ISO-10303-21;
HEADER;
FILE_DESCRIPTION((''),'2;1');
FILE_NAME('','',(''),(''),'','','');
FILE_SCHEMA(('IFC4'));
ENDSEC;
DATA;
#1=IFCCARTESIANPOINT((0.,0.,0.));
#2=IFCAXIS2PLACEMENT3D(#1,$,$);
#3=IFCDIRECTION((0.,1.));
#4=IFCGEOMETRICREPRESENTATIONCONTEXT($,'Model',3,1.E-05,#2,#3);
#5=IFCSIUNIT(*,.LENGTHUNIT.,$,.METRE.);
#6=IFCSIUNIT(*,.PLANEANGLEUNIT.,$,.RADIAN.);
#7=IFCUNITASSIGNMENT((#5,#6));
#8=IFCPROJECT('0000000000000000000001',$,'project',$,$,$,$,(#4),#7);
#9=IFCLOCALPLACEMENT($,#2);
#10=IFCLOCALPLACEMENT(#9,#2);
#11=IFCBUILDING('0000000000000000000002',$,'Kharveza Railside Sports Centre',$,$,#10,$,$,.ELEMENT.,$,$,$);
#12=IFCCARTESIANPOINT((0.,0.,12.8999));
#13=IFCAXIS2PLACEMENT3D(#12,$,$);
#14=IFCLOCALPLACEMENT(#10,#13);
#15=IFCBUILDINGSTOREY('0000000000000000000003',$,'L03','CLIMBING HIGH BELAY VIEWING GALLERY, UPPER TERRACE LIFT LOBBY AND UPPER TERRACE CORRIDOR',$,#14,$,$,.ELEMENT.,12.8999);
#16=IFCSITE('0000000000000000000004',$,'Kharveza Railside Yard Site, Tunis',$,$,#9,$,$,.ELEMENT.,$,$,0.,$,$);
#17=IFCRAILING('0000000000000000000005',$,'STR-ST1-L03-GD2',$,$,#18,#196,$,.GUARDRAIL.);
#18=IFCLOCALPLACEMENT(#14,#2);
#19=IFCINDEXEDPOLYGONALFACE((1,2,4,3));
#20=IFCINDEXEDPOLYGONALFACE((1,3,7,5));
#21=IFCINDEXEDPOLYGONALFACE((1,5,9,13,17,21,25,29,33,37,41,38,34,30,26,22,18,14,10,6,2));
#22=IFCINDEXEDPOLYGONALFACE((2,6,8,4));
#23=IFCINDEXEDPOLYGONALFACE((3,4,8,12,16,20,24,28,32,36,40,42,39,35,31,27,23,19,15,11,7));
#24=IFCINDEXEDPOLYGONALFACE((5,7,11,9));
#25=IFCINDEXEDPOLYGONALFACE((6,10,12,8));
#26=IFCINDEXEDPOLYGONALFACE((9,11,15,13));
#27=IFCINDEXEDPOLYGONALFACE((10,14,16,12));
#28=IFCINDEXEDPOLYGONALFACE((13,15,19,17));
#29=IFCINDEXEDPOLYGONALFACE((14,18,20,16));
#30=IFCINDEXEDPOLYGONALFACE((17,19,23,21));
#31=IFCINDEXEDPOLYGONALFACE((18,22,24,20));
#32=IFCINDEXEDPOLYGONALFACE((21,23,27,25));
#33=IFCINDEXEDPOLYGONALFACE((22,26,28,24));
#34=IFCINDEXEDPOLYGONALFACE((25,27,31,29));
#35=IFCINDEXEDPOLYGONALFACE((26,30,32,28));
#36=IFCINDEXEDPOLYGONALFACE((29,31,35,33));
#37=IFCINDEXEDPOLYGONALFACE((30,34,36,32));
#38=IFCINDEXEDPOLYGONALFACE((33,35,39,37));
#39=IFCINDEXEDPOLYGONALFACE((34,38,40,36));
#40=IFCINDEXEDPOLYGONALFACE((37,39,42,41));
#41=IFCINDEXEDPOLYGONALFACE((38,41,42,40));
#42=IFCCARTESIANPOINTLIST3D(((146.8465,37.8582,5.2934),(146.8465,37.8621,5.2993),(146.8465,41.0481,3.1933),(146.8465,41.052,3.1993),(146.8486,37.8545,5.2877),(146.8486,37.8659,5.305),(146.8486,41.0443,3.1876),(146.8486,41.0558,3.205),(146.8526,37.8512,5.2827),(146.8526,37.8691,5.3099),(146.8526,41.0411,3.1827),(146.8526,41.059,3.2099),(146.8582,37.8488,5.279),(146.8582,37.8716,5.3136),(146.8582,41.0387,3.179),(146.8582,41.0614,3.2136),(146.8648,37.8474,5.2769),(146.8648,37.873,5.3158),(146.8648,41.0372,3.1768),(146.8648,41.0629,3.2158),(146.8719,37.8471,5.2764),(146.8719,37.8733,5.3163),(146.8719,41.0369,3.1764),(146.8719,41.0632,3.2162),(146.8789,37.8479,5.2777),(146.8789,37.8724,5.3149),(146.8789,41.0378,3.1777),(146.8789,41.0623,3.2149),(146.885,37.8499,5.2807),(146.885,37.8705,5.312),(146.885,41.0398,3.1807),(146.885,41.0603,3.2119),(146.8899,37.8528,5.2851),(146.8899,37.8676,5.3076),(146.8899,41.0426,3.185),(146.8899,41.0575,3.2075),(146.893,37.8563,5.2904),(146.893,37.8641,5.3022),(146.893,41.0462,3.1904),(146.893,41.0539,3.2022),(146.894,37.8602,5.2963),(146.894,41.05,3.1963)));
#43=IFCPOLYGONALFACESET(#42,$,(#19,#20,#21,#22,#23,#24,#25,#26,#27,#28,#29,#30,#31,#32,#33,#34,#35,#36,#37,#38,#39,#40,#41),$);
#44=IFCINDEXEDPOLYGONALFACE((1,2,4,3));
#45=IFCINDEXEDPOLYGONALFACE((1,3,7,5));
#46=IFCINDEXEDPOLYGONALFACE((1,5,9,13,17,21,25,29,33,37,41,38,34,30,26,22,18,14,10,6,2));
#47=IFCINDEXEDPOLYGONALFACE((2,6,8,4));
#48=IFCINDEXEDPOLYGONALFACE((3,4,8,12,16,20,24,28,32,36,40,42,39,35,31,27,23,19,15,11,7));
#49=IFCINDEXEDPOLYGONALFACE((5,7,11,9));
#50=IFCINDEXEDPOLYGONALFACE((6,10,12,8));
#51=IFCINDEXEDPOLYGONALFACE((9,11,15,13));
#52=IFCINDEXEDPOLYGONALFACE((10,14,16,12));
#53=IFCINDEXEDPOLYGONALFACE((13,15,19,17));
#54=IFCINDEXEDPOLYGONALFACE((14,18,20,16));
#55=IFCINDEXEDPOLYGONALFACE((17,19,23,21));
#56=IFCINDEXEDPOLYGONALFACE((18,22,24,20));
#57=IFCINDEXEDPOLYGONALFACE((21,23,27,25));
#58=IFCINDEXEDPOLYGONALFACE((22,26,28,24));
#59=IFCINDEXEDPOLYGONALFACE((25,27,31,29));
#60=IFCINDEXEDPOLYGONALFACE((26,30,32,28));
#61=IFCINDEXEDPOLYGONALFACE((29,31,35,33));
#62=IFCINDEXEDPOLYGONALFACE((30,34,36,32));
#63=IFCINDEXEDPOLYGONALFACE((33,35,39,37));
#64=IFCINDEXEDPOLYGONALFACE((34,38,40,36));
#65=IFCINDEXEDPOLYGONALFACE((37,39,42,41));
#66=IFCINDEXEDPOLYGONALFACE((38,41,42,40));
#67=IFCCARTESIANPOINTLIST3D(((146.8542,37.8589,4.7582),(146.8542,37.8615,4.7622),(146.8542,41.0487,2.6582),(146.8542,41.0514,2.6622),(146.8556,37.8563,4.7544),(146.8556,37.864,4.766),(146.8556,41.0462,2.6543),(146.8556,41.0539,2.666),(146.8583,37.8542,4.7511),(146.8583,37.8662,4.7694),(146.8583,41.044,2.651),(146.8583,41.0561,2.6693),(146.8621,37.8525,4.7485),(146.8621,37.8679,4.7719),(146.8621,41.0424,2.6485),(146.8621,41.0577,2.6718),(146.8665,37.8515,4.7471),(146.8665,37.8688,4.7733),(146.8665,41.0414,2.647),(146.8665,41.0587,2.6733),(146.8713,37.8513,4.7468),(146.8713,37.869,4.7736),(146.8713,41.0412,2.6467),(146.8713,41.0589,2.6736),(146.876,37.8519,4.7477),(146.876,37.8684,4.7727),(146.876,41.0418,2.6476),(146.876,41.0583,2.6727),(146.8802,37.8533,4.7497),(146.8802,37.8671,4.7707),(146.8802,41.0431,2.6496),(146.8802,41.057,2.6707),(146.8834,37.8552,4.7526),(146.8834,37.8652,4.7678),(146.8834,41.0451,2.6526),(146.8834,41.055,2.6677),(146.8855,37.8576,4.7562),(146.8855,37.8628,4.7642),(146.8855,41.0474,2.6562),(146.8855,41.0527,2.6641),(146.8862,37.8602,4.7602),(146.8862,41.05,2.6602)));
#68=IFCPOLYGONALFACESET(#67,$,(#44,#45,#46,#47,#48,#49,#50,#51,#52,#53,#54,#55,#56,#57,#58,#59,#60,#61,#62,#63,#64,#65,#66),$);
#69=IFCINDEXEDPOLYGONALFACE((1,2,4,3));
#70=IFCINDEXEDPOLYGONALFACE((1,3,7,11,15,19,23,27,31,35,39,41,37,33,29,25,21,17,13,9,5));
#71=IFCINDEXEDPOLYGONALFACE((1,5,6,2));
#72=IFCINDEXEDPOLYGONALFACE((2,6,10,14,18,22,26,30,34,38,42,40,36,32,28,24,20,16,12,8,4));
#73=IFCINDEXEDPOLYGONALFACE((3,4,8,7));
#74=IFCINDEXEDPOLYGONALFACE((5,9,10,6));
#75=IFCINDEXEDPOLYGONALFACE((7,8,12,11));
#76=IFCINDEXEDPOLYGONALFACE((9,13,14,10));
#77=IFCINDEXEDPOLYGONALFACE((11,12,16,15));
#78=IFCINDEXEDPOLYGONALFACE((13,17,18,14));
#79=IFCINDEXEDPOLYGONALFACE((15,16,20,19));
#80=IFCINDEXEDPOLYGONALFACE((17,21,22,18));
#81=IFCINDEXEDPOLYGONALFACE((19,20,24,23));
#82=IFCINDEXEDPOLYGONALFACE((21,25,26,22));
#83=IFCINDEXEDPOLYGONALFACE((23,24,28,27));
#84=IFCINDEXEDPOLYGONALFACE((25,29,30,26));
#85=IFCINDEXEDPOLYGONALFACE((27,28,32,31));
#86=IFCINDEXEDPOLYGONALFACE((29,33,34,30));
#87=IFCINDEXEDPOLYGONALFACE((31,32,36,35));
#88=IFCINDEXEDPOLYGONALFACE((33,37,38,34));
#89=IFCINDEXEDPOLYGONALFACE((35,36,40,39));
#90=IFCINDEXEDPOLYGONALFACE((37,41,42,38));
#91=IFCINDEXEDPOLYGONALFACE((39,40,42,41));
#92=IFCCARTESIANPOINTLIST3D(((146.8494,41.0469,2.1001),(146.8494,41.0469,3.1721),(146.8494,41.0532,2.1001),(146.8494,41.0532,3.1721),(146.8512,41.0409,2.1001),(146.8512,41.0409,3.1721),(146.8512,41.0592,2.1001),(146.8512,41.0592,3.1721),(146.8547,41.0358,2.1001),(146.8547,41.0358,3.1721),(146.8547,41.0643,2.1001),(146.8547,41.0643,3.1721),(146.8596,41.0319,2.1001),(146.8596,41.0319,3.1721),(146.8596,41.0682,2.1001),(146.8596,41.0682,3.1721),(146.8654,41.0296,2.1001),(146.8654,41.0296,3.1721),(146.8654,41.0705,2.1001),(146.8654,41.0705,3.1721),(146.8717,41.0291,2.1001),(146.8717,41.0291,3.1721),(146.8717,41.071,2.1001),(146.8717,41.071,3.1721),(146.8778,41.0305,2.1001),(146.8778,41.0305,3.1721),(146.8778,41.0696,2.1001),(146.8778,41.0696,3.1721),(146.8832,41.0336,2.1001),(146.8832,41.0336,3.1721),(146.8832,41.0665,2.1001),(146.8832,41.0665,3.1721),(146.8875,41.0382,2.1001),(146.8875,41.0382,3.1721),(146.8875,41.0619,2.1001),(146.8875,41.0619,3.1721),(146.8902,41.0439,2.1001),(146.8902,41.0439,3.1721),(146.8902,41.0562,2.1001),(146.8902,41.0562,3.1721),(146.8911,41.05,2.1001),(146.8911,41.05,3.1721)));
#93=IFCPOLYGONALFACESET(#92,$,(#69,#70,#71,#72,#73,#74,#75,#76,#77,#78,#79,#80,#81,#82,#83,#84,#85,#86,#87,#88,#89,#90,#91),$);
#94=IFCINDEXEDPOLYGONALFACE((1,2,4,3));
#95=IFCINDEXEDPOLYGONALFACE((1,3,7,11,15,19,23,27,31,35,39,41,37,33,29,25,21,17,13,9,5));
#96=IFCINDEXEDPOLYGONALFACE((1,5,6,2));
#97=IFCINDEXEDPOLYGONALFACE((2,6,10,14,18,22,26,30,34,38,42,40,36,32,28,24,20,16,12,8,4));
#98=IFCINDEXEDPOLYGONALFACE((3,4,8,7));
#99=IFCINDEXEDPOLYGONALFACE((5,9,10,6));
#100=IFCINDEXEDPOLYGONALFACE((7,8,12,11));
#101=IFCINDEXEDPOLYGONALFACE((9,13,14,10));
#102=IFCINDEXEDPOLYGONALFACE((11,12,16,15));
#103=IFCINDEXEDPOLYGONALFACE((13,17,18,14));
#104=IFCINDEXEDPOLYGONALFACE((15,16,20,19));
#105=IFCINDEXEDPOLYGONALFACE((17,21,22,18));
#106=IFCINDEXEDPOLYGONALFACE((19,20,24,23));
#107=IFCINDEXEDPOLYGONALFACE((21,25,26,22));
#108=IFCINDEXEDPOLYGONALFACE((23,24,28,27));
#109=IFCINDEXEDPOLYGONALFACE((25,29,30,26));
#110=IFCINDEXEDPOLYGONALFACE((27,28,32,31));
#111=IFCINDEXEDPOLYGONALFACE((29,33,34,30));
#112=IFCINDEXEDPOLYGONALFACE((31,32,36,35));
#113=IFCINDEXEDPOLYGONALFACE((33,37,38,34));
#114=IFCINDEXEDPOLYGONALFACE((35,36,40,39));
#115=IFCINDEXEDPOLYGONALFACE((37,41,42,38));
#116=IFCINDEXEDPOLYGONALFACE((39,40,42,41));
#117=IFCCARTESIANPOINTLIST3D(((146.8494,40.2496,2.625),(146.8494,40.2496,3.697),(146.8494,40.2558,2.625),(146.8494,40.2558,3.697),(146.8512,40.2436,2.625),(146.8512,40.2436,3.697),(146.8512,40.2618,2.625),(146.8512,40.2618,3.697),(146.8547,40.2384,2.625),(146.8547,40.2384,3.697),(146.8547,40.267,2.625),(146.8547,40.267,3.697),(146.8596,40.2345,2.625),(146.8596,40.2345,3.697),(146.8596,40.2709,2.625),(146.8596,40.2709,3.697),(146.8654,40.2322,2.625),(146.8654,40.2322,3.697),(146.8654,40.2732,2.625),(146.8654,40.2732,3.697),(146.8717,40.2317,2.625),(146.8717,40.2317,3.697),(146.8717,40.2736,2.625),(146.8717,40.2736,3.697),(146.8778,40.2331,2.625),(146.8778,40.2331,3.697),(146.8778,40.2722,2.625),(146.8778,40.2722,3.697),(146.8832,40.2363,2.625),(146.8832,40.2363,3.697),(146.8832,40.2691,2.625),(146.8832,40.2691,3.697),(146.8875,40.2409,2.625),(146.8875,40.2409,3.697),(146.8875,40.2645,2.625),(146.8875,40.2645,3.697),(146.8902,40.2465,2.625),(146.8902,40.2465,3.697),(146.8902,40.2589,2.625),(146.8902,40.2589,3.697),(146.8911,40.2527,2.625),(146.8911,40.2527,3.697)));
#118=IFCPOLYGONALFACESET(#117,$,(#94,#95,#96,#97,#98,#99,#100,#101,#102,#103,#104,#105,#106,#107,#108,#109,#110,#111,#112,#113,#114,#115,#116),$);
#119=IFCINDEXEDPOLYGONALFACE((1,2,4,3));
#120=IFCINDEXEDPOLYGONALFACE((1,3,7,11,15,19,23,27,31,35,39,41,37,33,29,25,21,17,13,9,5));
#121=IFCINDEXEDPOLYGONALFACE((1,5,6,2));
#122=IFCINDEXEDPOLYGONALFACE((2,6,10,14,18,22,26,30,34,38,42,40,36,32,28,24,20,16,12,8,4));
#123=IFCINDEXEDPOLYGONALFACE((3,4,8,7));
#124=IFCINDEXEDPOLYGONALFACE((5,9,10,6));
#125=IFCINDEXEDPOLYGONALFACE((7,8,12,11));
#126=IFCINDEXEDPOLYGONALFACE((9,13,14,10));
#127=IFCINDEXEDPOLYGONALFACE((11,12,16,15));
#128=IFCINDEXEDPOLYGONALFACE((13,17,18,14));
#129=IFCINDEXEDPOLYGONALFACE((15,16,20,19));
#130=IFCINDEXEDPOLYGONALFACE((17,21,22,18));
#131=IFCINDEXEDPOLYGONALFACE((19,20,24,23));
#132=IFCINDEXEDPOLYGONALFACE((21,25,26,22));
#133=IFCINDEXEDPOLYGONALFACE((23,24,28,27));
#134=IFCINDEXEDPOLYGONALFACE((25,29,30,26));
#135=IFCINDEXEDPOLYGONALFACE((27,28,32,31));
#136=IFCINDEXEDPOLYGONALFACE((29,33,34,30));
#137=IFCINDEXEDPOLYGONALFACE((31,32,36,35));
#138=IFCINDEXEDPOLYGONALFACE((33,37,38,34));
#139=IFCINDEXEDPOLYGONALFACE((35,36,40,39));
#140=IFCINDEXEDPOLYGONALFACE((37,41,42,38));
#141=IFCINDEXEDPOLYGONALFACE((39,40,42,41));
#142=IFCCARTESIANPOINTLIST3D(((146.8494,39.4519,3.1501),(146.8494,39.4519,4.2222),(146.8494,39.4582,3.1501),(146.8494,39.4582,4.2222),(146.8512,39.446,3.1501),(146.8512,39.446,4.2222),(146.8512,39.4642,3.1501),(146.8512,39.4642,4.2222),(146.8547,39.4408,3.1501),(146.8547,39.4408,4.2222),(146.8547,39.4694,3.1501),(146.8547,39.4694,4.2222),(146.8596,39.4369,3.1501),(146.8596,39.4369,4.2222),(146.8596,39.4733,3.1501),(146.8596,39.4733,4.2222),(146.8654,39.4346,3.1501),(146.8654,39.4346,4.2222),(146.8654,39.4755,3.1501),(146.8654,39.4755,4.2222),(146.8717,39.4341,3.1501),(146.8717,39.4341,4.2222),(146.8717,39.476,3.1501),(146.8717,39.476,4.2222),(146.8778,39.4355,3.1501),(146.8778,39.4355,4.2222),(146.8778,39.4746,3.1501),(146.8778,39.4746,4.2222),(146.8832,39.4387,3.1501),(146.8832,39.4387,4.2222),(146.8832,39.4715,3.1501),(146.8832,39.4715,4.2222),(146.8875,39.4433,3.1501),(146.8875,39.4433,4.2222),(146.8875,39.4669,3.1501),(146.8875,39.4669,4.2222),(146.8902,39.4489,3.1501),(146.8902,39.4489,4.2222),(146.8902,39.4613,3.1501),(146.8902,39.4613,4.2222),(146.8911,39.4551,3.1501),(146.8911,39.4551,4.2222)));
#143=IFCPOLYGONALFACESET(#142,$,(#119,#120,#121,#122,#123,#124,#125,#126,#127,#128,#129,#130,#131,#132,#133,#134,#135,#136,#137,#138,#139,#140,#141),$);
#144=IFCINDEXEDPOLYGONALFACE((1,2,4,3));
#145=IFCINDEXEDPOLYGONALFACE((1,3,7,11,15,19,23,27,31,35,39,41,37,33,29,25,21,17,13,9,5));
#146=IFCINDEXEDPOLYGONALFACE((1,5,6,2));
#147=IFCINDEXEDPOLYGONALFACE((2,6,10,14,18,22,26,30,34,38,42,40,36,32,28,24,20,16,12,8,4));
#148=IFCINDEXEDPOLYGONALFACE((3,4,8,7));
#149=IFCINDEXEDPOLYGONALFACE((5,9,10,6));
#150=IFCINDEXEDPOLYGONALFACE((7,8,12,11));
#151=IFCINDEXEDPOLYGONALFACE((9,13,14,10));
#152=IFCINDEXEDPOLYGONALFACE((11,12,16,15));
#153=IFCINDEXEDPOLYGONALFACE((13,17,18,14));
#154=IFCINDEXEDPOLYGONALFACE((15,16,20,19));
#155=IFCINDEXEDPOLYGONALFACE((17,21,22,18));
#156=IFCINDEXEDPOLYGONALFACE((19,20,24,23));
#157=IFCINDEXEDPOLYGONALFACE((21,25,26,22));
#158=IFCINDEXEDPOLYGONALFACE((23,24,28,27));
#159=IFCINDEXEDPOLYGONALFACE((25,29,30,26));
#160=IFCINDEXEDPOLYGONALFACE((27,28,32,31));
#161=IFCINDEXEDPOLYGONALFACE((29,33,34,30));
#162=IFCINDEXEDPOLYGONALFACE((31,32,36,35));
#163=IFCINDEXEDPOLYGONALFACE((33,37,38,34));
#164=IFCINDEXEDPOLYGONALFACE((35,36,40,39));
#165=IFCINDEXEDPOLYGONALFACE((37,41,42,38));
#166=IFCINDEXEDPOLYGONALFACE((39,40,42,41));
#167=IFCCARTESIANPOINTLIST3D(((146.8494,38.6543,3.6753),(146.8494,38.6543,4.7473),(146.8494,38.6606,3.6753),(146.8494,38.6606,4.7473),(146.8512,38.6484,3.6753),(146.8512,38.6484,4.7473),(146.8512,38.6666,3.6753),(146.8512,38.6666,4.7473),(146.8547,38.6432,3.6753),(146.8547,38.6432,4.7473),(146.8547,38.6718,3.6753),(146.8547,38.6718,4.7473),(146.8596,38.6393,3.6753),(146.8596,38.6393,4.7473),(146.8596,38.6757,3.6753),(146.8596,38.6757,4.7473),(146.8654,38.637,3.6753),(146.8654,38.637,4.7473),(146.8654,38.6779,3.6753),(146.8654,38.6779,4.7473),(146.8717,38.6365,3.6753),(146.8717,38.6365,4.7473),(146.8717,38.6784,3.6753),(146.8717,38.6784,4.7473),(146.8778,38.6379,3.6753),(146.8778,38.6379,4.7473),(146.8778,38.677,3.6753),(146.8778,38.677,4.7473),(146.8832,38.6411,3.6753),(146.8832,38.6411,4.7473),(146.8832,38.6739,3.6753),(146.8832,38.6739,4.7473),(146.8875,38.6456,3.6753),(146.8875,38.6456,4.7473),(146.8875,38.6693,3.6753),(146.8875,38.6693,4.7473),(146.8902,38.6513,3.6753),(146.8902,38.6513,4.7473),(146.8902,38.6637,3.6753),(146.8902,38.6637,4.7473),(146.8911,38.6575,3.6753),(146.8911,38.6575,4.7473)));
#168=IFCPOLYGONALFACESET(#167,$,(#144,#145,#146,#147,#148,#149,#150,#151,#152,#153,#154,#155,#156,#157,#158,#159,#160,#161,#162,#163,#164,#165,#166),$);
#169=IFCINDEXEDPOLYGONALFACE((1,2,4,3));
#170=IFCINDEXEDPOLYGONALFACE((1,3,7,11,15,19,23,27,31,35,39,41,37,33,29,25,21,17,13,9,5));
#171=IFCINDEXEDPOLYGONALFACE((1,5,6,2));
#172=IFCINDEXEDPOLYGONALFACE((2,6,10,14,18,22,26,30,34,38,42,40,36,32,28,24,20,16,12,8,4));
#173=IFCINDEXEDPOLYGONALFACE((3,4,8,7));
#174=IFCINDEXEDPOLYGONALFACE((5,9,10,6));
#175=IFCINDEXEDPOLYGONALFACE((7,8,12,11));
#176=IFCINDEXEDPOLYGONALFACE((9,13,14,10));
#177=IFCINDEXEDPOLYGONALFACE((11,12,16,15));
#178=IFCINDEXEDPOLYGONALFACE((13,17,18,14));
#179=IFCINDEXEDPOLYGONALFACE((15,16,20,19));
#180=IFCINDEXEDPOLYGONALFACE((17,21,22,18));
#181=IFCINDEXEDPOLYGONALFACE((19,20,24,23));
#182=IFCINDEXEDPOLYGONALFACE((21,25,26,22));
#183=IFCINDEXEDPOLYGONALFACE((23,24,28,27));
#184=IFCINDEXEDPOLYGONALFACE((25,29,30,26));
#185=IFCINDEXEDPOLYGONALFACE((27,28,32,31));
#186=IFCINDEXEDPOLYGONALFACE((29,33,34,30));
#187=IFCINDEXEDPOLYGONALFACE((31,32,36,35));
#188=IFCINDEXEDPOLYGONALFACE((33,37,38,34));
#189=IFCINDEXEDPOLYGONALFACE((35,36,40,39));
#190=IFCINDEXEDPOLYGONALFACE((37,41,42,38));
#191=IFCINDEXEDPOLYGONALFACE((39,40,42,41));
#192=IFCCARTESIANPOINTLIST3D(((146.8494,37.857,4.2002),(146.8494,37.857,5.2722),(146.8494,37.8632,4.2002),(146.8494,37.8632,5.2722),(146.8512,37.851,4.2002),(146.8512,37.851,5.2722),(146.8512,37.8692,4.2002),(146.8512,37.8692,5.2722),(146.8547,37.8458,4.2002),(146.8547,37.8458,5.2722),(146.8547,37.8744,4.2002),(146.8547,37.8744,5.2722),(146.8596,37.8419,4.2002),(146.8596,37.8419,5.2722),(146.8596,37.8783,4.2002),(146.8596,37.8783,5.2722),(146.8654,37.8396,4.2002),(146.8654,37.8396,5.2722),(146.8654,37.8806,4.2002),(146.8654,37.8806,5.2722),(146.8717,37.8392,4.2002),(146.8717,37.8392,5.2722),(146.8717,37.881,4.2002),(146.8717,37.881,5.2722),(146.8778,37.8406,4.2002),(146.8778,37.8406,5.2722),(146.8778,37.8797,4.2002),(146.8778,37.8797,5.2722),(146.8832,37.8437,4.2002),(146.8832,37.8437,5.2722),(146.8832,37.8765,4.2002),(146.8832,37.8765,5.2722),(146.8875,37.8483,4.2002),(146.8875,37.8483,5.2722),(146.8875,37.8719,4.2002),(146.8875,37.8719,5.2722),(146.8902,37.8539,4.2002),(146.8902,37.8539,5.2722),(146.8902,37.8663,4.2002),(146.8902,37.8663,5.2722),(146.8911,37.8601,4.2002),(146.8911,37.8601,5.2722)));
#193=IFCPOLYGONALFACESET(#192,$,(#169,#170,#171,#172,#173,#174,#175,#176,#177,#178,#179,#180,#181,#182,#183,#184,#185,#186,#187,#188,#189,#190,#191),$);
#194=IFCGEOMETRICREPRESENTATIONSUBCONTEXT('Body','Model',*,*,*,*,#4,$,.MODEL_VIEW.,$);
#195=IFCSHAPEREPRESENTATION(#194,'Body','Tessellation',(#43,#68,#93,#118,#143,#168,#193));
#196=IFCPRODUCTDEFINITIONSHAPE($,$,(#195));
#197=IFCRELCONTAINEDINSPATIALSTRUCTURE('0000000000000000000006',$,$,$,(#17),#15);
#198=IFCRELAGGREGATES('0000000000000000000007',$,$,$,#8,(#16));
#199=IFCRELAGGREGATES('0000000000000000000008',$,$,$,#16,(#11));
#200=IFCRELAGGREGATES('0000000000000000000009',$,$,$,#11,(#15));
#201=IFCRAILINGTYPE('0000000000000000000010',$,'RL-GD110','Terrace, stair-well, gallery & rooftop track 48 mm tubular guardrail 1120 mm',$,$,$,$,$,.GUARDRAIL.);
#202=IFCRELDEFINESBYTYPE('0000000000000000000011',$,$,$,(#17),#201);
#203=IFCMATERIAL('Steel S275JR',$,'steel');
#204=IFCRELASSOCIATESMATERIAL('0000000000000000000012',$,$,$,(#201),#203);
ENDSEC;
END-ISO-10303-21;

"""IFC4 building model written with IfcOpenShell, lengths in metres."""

from ifc_helpers import new_model, si_unit, direction, frame, origin, origin_2d, place, context, subcontext, project, spatial, circle, extrude, material, type_object, element, save


model = new_model("IFC4")

# Units and contexts
model_context = context("Model", 3, precision=1e-05, world=origin(), true_north=direction((0.0, 1.0)))
body_context = subcontext(model_context, "Body", "Model", "MODEL_VIEW")
ifc_project = project(units=[si_unit("LENGTHUNIT", "METRE"), si_unit("PLANEANGLEUNIT", "RADIAN")], contexts=[model_context])

# Site, building, storey
site_placement = place(None, origin())
site = spatial("IfcSite", under=ifc_project, at=site_placement, Name="Kharveza Railside Yard Site, Tunis", CompositionType="ELEMENT", RefElevation=0.0)
building_placement = place(site_placement, origin())
building = spatial("IfcBuilding", under=site, at=building_placement, Name="Kharveza Railside Sports Centre", CompositionType="ELEMENT")
storey_placement = place(building_placement, frame((0.0, 0.0, 12.8999)))
storey = spatial("IfcBuildingStorey", under=building, at=storey_placement, Name="L03", Description="CLIMBING HIGH BELAY VIEWING GALLERY, UPPER TERRACE LIFT LOBBY AND UPPER TERRACE CORRIDOR", CompositionType="ELEMENT", Elevation=12.8999)

# Railing
ifc_material_1 = material(Name="Steel S275JR", Category="steel")
railing_type_1 = type_object("IfcRailingType", Name="RL-GD110", Description="Terrace, stair-well, gallery & rooftop track 48 mm tubular guardrail 1120 mm", PredefinedType="GUARDRAIL", material=ifc_material_1)
railing_1_placement = place(storey_placement, frame((146.8701, 41.05, 2.1001)))
element("IfcRailing", 1, at=railing_1_placement, inside=storey, type_object=railing_type_1, Name="STR-ST1-L03-GD2", PredefinedType="GUARDRAIL", context=body_context, shape_type="SweptSolid", body=[
    extrude(circle(Radius=0.0239, at=origin_2d()), frame((0.0, 0.0, 1.0962), z_axis=(0.0, -0.835242, 0.549882), x_axis=(1.0, 0.0, 0.0)), (0.0, 0.0, 1.0), 3.8191),
    extrude(circle(Radius=0.0161, at=origin_2d()), frame((0.0, 0.0, 0.5601), z_axis=(0.0, -0.835242, 0.549882), x_axis=(1.0, 0.0, 0.0)), (0.0, 0.0, 1.0), 3.8191),
    extrude(circle(Radius=0.021, at=origin_2d()), origin(), (0.0, 0.0, 1.0), 1.072),
    extrude(circle(Radius=0.021, at=origin_2d()), frame((0.0, -0.7974, 0.5249)), (0.0, 0.0, 1.0), 1.072),
    extrude(circle(Radius=0.021, at=origin_2d()), frame((0.0, -1.595, 1.05)), (0.0, 0.0, 1.0), 1.072),
    extrude(circle(Radius=0.021, at=origin_2d()), frame((0.0, -2.3926, 1.5752)), (0.0, 0.0, 1.0), 1.072),
    extrude(circle(Radius=0.021, at=origin_2d()), frame((0.0, -3.1899, 2.1001)), (0.0, 0.0, 1.0), 1.072),
])

save(model, "model.ifc")
